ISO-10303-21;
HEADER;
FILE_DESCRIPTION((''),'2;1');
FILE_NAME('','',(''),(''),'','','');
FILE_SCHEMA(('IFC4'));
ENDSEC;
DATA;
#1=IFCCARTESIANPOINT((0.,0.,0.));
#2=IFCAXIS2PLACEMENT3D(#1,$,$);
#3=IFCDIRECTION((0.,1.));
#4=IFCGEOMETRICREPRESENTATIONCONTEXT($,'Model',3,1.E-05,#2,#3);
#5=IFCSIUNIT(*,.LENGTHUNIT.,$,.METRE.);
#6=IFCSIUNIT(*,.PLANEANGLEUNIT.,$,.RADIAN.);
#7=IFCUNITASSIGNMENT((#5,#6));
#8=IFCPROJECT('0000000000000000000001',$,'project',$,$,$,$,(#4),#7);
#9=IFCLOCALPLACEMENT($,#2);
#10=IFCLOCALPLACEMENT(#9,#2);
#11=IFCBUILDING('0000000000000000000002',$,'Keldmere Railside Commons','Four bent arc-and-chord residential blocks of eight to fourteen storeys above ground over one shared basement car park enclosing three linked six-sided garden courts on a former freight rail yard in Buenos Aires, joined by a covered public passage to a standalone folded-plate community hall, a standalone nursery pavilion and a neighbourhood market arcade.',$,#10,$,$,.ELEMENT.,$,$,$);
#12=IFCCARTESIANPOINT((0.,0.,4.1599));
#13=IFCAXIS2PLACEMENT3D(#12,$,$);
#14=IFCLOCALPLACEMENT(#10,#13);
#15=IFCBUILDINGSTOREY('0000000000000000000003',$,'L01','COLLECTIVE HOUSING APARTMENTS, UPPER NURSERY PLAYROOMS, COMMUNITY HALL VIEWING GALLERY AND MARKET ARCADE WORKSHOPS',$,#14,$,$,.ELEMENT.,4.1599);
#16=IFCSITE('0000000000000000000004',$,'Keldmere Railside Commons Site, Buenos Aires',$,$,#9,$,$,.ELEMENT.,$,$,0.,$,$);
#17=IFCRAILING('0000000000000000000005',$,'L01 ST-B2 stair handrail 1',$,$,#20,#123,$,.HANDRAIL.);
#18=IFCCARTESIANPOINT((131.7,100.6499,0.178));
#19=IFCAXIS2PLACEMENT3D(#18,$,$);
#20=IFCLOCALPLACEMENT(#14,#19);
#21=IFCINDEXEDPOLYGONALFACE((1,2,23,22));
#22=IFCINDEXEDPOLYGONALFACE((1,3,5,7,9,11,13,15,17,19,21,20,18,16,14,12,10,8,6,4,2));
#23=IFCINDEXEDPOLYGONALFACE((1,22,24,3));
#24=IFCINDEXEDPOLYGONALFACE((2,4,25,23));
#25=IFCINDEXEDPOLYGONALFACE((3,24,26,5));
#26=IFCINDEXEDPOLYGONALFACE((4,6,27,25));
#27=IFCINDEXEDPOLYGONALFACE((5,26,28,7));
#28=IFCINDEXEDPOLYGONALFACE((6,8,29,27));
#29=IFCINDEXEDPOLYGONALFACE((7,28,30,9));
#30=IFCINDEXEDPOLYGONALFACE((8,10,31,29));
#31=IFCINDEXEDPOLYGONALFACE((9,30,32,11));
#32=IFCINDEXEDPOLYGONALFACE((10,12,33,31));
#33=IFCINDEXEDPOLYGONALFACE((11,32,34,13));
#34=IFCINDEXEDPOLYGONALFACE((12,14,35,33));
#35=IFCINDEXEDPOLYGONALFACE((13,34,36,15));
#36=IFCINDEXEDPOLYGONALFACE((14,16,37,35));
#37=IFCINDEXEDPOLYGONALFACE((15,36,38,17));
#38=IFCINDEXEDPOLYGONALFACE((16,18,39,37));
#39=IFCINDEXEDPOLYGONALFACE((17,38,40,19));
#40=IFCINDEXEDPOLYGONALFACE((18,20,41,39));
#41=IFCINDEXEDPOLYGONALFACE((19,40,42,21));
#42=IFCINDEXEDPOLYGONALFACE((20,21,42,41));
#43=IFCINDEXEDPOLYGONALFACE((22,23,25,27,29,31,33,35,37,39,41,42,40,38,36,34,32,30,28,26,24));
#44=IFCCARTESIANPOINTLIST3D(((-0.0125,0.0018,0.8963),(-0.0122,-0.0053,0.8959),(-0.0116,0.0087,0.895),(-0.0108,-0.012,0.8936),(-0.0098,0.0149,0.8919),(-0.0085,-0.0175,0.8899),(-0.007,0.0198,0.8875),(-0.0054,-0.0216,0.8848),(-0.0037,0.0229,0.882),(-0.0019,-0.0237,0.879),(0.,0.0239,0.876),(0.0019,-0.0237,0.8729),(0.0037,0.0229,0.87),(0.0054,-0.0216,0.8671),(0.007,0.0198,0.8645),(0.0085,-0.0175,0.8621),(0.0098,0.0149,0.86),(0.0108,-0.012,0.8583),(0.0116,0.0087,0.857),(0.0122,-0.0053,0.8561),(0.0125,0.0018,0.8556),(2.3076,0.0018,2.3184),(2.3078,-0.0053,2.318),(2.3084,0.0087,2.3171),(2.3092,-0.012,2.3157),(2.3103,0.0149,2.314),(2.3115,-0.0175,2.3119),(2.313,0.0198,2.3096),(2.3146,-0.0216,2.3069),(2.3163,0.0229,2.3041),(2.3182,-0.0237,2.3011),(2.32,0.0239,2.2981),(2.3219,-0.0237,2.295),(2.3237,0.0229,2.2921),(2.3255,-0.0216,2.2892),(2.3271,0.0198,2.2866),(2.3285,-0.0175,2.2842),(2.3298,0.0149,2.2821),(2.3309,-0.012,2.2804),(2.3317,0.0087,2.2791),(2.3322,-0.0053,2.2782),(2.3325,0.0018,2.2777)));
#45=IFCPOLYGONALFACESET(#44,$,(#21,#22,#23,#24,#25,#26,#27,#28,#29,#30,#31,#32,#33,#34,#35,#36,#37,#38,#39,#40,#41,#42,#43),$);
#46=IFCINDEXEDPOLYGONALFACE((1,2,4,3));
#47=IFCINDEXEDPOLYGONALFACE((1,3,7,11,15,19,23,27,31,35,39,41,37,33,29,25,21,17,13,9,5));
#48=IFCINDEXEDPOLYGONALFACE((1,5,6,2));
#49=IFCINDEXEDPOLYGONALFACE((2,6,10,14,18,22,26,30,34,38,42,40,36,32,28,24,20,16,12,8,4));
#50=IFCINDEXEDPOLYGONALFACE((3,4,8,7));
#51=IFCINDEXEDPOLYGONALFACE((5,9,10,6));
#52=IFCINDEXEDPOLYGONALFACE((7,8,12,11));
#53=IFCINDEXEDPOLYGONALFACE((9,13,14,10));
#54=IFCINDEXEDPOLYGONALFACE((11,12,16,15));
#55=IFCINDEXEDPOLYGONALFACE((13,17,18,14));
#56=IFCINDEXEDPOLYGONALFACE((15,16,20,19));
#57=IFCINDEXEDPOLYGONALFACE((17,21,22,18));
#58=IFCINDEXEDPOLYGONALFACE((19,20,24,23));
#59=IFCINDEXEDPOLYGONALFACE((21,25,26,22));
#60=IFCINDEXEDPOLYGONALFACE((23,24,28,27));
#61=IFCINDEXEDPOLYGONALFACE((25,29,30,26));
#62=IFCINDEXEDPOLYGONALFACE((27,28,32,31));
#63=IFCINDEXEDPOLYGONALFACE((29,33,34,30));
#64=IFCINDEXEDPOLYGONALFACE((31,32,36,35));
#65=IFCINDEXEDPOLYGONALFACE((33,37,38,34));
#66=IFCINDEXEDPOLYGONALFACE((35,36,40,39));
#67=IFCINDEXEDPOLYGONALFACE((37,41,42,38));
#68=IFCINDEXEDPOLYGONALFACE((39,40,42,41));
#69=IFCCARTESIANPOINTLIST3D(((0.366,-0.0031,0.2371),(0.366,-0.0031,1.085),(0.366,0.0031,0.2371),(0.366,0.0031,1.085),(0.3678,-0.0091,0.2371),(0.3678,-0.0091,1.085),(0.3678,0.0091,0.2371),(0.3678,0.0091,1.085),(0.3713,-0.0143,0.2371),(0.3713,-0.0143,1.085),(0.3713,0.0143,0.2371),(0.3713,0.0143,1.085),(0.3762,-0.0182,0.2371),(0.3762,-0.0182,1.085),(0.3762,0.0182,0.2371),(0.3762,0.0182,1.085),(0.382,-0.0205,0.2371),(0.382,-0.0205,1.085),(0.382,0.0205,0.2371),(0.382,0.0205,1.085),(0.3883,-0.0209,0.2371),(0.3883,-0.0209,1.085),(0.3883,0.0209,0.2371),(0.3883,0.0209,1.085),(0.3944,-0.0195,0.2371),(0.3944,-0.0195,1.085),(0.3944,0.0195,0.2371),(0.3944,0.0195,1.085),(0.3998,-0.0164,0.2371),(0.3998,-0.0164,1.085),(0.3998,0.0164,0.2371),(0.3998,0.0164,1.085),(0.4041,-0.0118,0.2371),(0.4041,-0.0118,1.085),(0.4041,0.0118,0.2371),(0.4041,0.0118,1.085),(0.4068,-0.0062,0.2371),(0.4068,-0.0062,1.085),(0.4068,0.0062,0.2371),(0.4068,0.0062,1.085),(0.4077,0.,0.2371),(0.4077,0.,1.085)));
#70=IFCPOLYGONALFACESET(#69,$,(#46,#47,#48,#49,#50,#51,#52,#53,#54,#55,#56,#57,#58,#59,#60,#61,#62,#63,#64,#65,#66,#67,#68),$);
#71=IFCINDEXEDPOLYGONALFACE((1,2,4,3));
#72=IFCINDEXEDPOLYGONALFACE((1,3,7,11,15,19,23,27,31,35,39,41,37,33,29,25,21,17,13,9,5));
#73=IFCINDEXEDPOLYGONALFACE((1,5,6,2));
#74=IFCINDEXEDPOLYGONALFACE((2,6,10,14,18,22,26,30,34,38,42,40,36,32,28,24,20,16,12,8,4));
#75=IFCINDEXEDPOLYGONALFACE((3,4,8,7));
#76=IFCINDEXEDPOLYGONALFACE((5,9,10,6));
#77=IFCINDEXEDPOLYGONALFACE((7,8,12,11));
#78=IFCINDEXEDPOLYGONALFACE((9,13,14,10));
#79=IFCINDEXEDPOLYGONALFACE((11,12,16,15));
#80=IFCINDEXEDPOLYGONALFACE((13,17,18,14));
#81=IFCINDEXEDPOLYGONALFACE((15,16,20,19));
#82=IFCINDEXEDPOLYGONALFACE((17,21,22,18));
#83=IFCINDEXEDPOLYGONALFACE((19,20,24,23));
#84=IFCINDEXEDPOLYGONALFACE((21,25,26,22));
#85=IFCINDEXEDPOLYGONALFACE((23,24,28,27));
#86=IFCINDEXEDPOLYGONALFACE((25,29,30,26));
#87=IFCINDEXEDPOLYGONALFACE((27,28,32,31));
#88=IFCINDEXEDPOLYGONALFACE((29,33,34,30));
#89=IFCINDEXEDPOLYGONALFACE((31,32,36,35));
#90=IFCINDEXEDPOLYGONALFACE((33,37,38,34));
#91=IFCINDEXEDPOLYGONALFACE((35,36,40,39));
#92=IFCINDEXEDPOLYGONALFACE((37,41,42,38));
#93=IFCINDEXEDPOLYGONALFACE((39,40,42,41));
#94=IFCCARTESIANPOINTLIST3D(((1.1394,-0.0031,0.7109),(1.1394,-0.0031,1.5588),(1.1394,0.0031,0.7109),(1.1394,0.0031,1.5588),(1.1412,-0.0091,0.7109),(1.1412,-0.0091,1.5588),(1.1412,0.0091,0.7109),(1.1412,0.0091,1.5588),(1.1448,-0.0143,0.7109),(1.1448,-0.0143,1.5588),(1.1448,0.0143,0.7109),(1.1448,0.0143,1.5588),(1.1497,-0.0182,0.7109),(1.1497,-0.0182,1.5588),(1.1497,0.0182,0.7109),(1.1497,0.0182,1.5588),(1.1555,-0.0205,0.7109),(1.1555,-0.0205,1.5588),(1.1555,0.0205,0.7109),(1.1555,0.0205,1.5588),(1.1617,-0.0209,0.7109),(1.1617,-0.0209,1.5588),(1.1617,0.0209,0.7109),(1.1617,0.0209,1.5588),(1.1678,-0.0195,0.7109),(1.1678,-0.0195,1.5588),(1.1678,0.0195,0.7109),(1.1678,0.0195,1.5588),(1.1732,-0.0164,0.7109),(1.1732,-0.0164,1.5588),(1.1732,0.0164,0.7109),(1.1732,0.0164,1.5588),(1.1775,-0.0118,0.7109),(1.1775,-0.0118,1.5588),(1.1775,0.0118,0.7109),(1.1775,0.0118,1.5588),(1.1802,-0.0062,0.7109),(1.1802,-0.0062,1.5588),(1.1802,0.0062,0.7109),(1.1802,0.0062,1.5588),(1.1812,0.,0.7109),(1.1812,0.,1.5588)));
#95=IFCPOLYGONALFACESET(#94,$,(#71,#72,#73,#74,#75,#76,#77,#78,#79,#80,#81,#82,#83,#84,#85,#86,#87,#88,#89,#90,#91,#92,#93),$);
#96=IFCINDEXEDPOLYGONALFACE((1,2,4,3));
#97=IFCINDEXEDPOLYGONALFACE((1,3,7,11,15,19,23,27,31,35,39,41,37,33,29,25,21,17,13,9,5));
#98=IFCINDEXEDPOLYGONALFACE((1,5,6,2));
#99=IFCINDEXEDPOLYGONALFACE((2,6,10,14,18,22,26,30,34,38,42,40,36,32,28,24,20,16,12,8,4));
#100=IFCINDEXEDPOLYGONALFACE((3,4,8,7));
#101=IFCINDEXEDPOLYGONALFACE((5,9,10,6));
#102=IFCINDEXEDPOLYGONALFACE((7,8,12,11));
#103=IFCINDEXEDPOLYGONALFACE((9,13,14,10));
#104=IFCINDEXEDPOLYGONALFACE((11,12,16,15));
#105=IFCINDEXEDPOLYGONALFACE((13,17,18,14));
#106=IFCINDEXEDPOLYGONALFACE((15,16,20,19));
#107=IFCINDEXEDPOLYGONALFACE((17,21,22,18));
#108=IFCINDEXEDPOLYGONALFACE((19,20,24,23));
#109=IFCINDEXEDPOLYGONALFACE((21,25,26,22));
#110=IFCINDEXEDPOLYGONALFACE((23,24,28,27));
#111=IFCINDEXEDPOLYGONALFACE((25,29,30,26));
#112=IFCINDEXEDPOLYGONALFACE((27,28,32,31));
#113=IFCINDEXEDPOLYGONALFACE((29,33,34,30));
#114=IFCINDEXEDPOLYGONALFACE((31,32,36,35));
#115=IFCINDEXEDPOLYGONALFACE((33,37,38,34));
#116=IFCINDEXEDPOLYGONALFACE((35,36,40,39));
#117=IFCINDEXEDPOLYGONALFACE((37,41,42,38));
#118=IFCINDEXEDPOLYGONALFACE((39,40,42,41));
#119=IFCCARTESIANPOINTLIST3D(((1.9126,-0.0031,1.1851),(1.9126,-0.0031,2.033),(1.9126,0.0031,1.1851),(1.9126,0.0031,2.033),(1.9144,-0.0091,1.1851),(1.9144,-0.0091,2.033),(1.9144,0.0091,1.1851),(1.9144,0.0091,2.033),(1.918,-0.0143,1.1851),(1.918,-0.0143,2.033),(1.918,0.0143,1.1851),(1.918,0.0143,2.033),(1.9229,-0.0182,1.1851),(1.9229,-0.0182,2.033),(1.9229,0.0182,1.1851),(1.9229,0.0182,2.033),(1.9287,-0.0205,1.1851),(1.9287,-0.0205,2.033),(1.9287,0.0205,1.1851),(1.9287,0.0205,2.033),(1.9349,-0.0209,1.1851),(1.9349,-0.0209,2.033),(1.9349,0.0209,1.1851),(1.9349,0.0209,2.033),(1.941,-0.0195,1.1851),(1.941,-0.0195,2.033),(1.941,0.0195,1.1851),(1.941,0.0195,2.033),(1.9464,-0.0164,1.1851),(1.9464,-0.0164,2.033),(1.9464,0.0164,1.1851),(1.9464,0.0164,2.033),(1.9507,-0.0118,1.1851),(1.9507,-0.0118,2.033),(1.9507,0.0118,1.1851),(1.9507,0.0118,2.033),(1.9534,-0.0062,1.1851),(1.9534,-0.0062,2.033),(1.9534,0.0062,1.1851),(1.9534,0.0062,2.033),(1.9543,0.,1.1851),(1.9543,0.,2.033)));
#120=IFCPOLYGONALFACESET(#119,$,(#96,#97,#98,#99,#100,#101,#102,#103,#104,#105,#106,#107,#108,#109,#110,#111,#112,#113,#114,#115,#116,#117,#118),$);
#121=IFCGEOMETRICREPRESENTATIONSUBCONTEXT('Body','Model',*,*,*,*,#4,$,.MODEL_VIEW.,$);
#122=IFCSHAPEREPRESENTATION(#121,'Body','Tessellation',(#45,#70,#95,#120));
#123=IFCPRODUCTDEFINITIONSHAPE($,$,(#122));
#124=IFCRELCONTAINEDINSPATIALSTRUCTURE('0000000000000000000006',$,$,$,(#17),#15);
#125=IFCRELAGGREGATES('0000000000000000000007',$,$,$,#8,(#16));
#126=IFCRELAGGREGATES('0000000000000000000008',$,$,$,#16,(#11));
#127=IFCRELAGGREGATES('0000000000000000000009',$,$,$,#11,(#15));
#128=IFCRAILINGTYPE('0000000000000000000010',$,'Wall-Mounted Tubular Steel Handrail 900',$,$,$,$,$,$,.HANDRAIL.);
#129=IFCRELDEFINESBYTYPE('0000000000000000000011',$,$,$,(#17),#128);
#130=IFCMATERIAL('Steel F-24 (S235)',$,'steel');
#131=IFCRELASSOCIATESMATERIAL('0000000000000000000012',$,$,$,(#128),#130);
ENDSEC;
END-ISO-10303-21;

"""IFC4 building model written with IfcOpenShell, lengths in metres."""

from ifc_helpers import new_model, si_unit, direction, frame, origin, origin_2d, place, context, subcontext, project, spatial, circle, extrude, material, type_object, element, save


model = new_model("IFC4")

# Units and contexts
model_context = context("Model", 3, precision=1e-05, world=origin(), true_north=direction((0.0, 1.0)))
body_context = subcontext(model_context, "Body", "Model", "MODEL_VIEW")
ifc_project = project(units=[si_unit("LENGTHUNIT", "METRE"), si_unit("PLANEANGLEUNIT", "RADIAN")], contexts=[model_context])

# Site, building, storey
site_placement = place(None, origin())
site = spatial("IfcSite", under=ifc_project, at=site_placement, Name="Keldmere Railside Commons Site, Buenos Aires", CompositionType="ELEMENT", RefElevation=0.0)
building_placement = place(site_placement, origin())
building = spatial("IfcBuilding", under=site, at=building_placement, Name="Keldmere Railside Commons", Description="Four bent arc-and-chord residential blocks of eight to fourteen storeys above ground over one shared basement car park enclosing three linked six-sided garden courts on a former freight rail yard in Buenos Aires, joined by a covered public passage to a standalone folded-plate community hall, a standalone nursery pavilion and a neighbourhood market arcade.", CompositionType="ELEMENT")
storey_placement = place(building_placement, frame((0.0, 0.0, 4.1599)))
storey = spatial("IfcBuildingStorey", under=building, at=storey_placement, Name="L01", Description="COLLECTIVE HOUSING APARTMENTS, UPPER NURSERY PLAYROOMS, COMMUNITY HALL VIEWING GALLERY AND MARKET ARCADE WORKSHOPS", CompositionType="ELEMENT", Elevation=4.1599)

# Shared definitions
ifc_material_1 = material(Name="Steel F-24 (S235)", Category="steel")

# Railing
railing_type_1 = type_object("IfcRailingType", Name="Wall-Mounted Tubular Steel Handrail 900", PredefinedType="HANDRAIL", material=ifc_material_1)
railing_1_placement = place(storey_placement, frame((131.7, 100.6499, 0.178)))
element("IfcRailing", 1, at=railing_1_placement, inside=storey, type_object=railing_type_1, Name="L01 ST-B2 stair handrail 1", PredefinedType="HANDRAIL", context=body_context, shape_type="SweptSolid", body=[
    extrude(circle(Radius=0.0239, at=origin_2d()), frame((0.0, 0.0, 0.876), z_axis=(0.852578, 0.0, 0.5226), x_axis=(0.0, 1.0, 0.0)), (0.0, 0.0, 1.0), 2.7212),
    extrude(circle(Radius=0.021, at=origin_2d()), frame((0.3867, 0.0, 0.2371)), (0.0, 0.0, 1.0), 0.8479),
    extrude(circle(Radius=0.021, at=origin_2d()), frame((1.1602, 0.0, 0.7109)), (0.0, 0.0, 1.0), 0.8479),
    extrude(circle(Radius=0.021, at=origin_2d()), frame((1.9333, 0.0, 1.1851)), (0.0, 0.0, 1.0), 0.8479),
])

save(model, "model.ifc")
